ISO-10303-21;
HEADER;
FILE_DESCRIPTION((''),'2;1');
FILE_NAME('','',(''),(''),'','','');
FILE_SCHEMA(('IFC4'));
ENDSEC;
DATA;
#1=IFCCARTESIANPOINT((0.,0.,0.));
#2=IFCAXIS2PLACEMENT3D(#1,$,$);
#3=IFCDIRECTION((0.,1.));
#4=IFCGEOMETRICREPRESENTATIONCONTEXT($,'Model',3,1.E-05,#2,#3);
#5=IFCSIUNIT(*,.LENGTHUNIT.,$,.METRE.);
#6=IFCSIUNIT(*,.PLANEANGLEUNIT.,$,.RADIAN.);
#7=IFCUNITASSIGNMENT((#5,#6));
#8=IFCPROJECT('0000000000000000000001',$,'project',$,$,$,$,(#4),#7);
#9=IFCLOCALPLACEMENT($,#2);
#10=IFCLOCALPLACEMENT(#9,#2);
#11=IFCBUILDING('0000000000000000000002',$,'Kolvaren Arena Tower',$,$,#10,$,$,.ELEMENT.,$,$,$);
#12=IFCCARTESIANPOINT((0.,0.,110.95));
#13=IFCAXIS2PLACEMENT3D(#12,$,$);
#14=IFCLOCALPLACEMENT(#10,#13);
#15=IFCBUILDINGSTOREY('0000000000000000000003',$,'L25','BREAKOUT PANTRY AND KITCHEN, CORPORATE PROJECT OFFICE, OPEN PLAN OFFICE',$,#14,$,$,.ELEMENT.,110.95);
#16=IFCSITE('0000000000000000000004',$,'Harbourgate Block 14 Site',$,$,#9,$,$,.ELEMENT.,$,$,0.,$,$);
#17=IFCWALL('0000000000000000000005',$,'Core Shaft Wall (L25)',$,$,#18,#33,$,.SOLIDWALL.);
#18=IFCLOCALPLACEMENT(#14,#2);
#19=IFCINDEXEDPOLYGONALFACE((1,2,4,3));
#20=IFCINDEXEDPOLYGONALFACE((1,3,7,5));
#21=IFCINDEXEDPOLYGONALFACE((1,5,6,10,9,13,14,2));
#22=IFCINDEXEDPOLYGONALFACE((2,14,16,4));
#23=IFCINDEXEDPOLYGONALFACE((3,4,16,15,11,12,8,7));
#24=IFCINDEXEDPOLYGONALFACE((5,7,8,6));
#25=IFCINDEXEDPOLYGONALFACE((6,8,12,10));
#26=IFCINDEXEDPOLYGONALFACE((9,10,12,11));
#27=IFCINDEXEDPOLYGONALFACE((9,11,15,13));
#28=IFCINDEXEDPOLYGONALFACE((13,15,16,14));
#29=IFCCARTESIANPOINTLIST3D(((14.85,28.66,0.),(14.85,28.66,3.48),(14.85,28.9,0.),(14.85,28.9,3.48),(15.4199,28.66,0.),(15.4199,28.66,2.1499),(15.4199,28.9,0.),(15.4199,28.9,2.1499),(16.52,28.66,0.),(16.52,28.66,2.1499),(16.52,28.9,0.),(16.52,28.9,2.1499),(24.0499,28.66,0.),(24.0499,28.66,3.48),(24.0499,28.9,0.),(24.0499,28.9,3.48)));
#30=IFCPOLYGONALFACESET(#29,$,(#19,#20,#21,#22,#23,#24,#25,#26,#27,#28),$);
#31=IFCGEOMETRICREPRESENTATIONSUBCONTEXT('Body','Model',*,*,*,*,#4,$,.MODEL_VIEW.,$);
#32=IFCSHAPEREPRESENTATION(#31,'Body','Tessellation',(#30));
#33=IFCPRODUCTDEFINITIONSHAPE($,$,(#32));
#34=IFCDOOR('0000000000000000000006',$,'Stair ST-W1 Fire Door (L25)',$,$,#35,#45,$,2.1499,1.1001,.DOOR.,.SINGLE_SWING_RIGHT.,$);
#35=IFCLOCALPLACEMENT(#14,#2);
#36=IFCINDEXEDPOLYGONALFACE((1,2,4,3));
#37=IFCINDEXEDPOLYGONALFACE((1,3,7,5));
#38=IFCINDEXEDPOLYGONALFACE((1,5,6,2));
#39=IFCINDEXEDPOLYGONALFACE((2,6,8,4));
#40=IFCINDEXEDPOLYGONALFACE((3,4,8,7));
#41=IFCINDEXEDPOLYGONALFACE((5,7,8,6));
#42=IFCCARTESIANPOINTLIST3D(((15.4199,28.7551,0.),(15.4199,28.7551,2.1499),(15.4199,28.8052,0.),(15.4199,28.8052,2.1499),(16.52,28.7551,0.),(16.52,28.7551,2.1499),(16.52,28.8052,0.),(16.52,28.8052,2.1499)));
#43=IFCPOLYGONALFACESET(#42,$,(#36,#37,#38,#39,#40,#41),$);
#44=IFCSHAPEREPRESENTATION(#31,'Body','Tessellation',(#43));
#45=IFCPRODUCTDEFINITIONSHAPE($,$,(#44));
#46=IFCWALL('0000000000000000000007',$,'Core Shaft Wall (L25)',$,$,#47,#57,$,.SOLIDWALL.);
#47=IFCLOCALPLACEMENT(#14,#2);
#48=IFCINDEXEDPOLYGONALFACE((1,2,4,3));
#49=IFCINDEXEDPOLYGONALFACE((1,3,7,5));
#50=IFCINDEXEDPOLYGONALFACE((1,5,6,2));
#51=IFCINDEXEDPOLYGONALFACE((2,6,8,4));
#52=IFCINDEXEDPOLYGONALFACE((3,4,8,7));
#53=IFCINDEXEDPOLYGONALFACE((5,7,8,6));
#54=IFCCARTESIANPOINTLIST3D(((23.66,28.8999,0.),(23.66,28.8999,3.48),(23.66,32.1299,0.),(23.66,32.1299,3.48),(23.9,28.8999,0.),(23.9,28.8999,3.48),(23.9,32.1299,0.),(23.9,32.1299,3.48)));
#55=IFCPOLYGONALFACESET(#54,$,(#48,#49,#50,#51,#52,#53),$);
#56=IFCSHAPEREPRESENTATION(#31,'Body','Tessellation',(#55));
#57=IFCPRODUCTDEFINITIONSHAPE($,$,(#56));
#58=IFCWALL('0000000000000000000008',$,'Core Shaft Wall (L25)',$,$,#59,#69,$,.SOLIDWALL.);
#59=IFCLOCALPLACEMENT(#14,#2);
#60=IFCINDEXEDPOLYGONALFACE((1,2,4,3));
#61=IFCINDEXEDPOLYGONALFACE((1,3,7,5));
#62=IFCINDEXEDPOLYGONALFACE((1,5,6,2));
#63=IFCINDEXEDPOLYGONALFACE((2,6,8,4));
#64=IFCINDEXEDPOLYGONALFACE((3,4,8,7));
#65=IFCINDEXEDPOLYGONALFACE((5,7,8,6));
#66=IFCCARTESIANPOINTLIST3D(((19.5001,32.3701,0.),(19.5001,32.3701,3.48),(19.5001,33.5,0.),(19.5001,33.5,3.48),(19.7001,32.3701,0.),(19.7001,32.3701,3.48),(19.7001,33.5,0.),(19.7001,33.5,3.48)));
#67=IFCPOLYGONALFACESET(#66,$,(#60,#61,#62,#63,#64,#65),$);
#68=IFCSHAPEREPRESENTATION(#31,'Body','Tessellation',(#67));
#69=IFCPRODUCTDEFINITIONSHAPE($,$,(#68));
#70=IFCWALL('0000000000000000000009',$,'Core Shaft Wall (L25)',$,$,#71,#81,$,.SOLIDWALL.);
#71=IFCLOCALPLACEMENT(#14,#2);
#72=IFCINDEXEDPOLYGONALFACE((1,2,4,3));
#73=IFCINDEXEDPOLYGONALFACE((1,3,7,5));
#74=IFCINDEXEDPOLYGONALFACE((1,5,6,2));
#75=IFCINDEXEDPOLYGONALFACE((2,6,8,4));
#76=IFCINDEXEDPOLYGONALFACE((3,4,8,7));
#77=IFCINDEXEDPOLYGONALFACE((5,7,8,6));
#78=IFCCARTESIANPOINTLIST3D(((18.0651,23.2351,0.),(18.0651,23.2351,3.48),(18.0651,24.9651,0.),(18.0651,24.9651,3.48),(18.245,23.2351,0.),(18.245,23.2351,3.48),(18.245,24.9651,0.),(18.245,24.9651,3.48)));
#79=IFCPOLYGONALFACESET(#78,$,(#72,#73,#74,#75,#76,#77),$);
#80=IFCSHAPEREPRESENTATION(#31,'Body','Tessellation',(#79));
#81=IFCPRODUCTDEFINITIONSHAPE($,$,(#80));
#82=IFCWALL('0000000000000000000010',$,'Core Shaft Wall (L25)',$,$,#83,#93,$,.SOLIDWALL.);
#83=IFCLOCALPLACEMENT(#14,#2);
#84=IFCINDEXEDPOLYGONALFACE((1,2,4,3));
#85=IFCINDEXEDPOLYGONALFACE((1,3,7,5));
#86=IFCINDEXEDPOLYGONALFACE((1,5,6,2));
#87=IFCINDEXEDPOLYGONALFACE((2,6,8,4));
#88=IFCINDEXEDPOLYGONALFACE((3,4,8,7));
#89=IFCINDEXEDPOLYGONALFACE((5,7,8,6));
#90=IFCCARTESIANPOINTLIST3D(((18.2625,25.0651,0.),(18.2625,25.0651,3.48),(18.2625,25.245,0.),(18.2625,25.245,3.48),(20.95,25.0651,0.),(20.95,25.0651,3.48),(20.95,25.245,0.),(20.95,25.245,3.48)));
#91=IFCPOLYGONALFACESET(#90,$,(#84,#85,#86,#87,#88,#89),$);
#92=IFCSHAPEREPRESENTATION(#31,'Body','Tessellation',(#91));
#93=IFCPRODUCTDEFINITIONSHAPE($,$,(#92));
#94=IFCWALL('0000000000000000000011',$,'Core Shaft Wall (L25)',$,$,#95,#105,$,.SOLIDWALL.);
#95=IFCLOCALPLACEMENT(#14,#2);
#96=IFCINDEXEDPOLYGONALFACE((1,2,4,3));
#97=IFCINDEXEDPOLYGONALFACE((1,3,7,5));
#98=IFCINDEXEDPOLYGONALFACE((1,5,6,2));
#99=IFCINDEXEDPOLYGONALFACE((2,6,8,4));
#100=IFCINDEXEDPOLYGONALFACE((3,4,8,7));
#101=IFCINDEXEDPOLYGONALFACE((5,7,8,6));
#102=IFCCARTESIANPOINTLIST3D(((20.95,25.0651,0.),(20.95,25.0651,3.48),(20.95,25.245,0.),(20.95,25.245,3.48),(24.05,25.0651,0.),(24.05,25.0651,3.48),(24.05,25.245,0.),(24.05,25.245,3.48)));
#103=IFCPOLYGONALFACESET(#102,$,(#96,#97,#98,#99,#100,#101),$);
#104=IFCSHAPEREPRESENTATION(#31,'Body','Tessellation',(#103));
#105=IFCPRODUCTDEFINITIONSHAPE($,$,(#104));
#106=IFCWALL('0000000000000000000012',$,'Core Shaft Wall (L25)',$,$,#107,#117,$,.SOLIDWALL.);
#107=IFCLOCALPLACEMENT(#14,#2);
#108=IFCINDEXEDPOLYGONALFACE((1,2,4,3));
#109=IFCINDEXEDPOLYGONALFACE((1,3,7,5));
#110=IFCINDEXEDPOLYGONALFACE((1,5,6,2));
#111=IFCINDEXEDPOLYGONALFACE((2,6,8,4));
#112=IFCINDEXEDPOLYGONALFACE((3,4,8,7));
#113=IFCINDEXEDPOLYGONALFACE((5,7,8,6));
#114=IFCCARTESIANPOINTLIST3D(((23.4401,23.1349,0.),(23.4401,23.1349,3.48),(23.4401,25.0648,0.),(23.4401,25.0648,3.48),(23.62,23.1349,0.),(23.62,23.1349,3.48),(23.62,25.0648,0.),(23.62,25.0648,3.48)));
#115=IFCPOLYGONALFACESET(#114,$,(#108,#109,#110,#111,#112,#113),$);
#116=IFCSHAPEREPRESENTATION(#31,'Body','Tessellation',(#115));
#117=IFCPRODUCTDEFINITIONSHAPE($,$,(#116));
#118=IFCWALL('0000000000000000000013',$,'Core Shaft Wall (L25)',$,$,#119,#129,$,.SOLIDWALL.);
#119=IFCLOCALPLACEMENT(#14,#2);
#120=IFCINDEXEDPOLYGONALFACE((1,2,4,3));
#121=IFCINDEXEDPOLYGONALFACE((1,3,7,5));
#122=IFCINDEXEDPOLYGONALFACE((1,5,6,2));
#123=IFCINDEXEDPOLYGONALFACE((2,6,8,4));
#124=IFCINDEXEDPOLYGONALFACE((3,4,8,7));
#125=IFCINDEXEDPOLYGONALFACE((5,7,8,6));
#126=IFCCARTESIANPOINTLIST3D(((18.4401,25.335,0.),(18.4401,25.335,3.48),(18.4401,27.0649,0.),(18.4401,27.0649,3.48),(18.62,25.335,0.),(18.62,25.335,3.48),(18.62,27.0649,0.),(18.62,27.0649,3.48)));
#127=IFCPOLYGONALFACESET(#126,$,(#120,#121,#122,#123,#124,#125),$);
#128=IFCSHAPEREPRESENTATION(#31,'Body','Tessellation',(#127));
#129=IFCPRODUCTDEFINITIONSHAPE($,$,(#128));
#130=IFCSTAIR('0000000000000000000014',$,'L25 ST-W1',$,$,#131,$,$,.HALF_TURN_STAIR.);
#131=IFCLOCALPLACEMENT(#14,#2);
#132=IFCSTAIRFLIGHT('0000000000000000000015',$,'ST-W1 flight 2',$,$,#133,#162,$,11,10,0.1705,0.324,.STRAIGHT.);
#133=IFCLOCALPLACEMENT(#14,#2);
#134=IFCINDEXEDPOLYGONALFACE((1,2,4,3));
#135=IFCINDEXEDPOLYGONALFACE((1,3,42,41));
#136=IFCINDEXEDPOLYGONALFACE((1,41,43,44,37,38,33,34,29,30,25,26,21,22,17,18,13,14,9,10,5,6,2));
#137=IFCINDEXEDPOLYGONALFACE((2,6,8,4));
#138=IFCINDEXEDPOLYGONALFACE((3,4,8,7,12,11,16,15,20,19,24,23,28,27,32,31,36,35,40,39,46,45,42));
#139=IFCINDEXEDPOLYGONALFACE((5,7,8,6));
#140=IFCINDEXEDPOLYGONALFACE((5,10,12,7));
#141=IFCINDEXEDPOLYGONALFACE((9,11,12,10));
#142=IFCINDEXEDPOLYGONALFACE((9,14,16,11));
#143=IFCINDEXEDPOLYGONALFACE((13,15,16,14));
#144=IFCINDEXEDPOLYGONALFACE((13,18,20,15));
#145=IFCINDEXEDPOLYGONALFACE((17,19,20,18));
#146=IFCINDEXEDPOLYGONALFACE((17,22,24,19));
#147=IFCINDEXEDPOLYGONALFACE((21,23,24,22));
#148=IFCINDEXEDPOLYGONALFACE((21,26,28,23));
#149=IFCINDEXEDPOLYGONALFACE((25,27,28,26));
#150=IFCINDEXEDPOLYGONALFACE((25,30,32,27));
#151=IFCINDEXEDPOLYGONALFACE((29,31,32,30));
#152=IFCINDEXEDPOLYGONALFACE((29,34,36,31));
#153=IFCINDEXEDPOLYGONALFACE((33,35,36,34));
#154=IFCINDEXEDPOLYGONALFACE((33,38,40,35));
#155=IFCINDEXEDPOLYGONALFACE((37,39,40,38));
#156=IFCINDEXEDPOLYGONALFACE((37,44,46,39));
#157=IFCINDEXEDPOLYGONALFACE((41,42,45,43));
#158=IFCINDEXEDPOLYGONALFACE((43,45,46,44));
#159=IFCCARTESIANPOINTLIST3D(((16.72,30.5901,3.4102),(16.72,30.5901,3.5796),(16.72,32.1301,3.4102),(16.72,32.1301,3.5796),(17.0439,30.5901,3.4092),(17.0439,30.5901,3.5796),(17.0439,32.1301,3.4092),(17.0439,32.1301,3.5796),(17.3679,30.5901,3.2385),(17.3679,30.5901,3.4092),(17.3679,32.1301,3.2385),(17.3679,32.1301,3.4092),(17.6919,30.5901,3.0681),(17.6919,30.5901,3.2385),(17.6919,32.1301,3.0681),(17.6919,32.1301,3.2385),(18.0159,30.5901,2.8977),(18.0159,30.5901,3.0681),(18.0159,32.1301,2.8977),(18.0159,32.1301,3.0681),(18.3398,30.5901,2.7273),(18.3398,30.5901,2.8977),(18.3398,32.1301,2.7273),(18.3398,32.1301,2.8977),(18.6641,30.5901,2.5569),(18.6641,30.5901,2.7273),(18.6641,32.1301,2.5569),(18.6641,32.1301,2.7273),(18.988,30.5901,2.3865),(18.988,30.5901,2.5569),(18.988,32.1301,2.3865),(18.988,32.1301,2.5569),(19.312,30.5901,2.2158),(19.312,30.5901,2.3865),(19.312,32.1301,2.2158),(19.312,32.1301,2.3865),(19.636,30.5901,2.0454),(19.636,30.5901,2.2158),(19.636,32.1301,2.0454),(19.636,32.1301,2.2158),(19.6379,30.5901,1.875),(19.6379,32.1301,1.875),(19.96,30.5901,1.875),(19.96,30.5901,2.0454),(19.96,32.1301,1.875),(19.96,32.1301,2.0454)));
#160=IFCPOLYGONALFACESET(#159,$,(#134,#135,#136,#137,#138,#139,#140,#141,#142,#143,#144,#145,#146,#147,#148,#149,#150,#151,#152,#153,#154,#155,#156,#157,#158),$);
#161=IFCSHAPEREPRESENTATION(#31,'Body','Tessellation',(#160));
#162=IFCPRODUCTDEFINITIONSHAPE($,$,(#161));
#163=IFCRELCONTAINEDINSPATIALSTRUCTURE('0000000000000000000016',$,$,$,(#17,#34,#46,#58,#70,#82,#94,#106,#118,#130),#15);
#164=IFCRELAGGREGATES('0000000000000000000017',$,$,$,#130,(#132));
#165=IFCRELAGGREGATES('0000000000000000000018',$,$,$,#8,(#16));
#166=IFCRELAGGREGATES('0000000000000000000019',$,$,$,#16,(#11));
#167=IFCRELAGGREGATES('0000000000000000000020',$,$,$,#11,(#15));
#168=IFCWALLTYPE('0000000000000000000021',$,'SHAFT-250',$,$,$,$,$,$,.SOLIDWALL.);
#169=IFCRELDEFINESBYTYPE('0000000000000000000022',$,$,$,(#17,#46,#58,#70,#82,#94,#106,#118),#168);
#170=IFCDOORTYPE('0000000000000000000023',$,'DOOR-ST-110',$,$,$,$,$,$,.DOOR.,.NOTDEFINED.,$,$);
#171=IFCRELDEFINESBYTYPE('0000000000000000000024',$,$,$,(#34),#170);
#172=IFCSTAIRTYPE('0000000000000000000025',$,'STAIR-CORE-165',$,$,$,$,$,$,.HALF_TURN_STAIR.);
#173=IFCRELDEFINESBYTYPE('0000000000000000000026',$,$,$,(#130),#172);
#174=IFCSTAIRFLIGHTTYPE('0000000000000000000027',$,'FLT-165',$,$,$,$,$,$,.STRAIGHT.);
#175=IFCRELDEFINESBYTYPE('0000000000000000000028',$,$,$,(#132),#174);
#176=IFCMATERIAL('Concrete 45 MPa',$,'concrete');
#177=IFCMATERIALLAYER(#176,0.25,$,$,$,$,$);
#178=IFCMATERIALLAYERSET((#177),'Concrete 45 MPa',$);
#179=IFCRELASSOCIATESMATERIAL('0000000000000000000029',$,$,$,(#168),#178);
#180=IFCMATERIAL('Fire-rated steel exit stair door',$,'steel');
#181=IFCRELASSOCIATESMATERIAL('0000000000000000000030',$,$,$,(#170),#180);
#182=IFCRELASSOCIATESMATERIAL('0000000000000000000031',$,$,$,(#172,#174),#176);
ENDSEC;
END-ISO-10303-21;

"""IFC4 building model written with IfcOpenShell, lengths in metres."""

from ifc_helpers import new_model, si_unit, direction, frame, frame_2d, origin, place, context, subcontext, project, spatial, polyline, rectangle, outline, extrude, material, layer, layer_set, type_object, element, fill, aggregate, save


model = new_model("IFC4")

# Units and contexts
model_context = context("Model", 3, precision=1e-05, world=origin(), true_north=direction((0.0, 1.0)))
body_context = subcontext(model_context, "Body", "Model", "MODEL_VIEW")
ifc_project = project(units=[si_unit("LENGTHUNIT", "METRE"), si_unit("PLANEANGLEUNIT", "RADIAN")], contexts=[model_context])

# Site, building, storey
site_placement = place(None, origin())
site = spatial("IfcSite", under=ifc_project, at=site_placement, Name="Harbourgate Block 14 Site", CompositionType="ELEMENT", RefElevation=0.0)
building_placement = place(site_placement, origin())
building = spatial("IfcBuilding", under=site, at=building_placement, Name="Kolvaren Arena Tower", CompositionType="ELEMENT")
storey_placement = place(building_placement, frame((0.0, 0.0, 110.95)))
storey = spatial("IfcBuildingStorey", under=building, at=storey_placement, Name="L25", Description="BREAKOUT PANTRY AND KITCHEN, CORPORATE PROJECT OFFICE, OPEN PLAN OFFICE", CompositionType="ELEMENT", Elevation=110.95)

# Wall, opening, door
ifc_material_1 = material(Name="Concrete 45 MPa", Category="concrete")
ifc_layer_1 = layer(ifc_material_1, 0.25)
ifc_layer_set_1 = layer_set([ifc_layer_1], Name="Concrete 45 MPa")
wall_type_1 = type_object("IfcWallType", Name="SHAFT-250", PredefinedType="SOLIDWALL", material=ifc_layer_set_1)
wall_1_placement = place(storey_placement, frame((24.05, 28.78, 0.0), z_axis=(0.0, 0.0, 1.0), x_axis=(-1.0, 0.0, 0.0)))
wall_1 = element("IfcWall", 1, at=wall_1_placement, inside=storey, type_object=wall_type_1, Name="Core Shaft Wall (L25)", PredefinedType="SOLIDWALL", context=body_context, shape_type="SweptSolid", body=[
    extrude(rectangle(XDim=9.2, YDim=0.24, at=frame_2d((4.6001, 0.0))), origin(), (0.0, 0.0, 1.0), 3.48),
])
opening_1_placement = place(wall_1_placement, frame((7.53, 0.0, 0.0)))
opening_1 = element("IfcOpeningElement", 2, at=opening_1_placement, cuts=wall_1, PredefinedType="OPENING", context=body_context, shape_type="SweptSolid", body=[
    extrude(rectangle(XDim=1.1001, YDim=2.1499, at=frame_2d((0.55, 1.075))), frame((0.0, 0.1299, 0.0), z_axis=(0.0, -1.0, 0.0), x_axis=(1.0, 0.0, 0.0)), (0.0, 0.0, 1.0), 0.26),
])
ifc_material_2 = material(Name="Fire-rated steel exit stair door", Category="steel")
door_type_1 = type_object("IfcDoorType", Name="DOOR-ST-110", OperationType="NOTDEFINED", PredefinedType="DOOR", material=ifc_material_2)
door_1_placement = place(opening_1_placement, origin())
door_1 = element("IfcDoor", 3, at=door_1_placement, inside=storey, type_object=door_type_1, Name="Stair ST-W1 Fire Door (L25)", OperationType="SINGLE_SWING_RIGHT", OverallHeight=2.1499, OverallWidth=1.1001, PredefinedType="DOOR", context=body_context, shape_type="SweptSolid", body=[
    extrude(rectangle(XDim=1.1001, YDim=2.1499, at=frame_2d((0.55, 1.075))), frame((0.0, 0.0249, 0.0), z_axis=(0.0, -1.0, 0.0), x_axis=(1.0, 0.0, 0.0)), (0.0, 0.0, 1.0), 0.05),
])
fill(opening_1, door_1)

# Walls
wall_2_placement = place(storey_placement, frame((23.78, 28.8999, 0.0), z_axis=(0.0, 0.0, 1.0), x_axis=(0.0, 1.0, 0.0)))
element("IfcWall", 4, at=wall_2_placement, inside=storey, type_object=wall_type_1, Name="Core Shaft Wall (L25)", PredefinedType="SOLIDWALL", context=body_context, shape_type="SweptSolid", body=[
    extrude(rectangle(XDim=3.23, YDim=0.24, at=frame_2d((1.615, 0.0))), origin(), (0.0, 0.0, 1.0), 3.48),
])
wall_3_placement = place(storey_placement, frame((19.6001, 32.3701, 0.0), z_axis=(0.0, 0.0, 1.0), x_axis=(0.0, 1.0, 0.0)))
element("IfcWall", 5, at=wall_3_placement, inside=storey, type_object=wall_type_1, Name="Core Shaft Wall (L25)", PredefinedType="SOLIDWALL", context=body_context, shape_type="SweptSolid", body=[
    extrude(rectangle(XDim=1.1299, YDim=0.2, at=frame_2d((0.5649, 0.0))), origin(), (0.0, 0.0, 1.0), 3.48),
])
wall_4_placement = place(storey_placement, frame((18.155, 23.2351, 0.0), z_axis=(0.0, 0.0, 1.0), x_axis=(0.0, 1.0, 0.0)))
element("IfcWall", 6, at=wall_4_placement, inside=storey, type_object=wall_type_1, Name="Core Shaft Wall (L25)", PredefinedType="SOLIDWALL", context=body_context, shape_type="SweptSolid", body=[
    extrude(rectangle(XDim=1.73, YDim=0.1799, at=frame_2d((0.865, 0.0))), origin(), (0.0, 0.0, 1.0), 3.48),
])
wall_5_placement = place(storey_placement, frame((18.2625, 25.155, 0.0), z_axis=(0.0, 0.0, 1.0), x_axis=(1.0, 0.0, 0.0)))
element("IfcWall", 7, at=wall_5_placement, inside=storey, type_object=wall_type_1, Name="Core Shaft Wall (L25)", PredefinedType="SOLIDWALL", context=body_context, shape_type="SweptSolid", body=[
    extrude(rectangle(XDim=2.6875, YDim=0.1799, at=frame_2d((1.3438, 0.0))), origin(), (0.0, 0.0, 1.0), 3.48),
])
wall_6_placement = place(storey_placement, frame((20.95, 25.155, 0.0), z_axis=(0.0, 0.0, 1.0), x_axis=(1.0, 0.0, 0.0)))
element("IfcWall", 8, at=wall_6_placement, inside=storey, type_object=wall_type_1, Name="Core Shaft Wall (L25)", PredefinedType="SOLIDWALL", context=body_context, shape_type="SweptSolid", body=[
    extrude(rectangle(XDim=3.1001, YDim=0.1799, at=frame_2d((1.55, 0.0))), origin(), (0.0, 0.0, 1.0), 3.48),
])
wall_7_placement = place(storey_placement, frame((23.53, 23.135, 0.0), z_axis=(0.0, 0.0, 1.0), x_axis=(0.0, 1.0, 0.0)))
element("IfcWall", 9, at=wall_7_placement, inside=storey, type_object=wall_type_1, Name="Core Shaft Wall (L25)", PredefinedType="SOLIDWALL", context=body_context, shape_type="SweptSolid", body=[
    extrude(rectangle(XDim=1.9299, YDim=0.1799, at=frame_2d((0.9648, 0.0))), origin(), (0.0, 0.0, 1.0), 3.48),
])
wall_8_placement = place(storey_placement, frame((18.53, 25.335, 0.0), z_axis=(0.0, 0.0, 1.0), x_axis=(0.0, 1.0, 0.0)))
element("IfcWall", 10, at=wall_8_placement, inside=storey, type_object=wall_type_1, Name="Core Shaft Wall (L25)", PredefinedType="SOLIDWALL", context=body_context, shape_type="SweptSolid", body=[
    extrude(rectangle(XDim=1.73, YDim=0.1799, at=frame_2d((0.865, 0.0))), origin(), (0.0, 0.0, 1.0), 3.48),
])

# Stair, stair flight
stair_type = type_object("IfcStairType", Name="STAIR-CORE-165", PredefinedType="HALF_TURN_STAIR", material=ifc_material_1)
stair_placement = place(storey_placement, origin())
stair = element("IfcStair", 11, at=stair_placement, inside=storey, type_object=stair_type, Name="L25 ST-W1", PredefinedType="HALF_TURN_STAIR")
stair_flight_type = type_object("IfcStairFlightType", Name="FLT-165", PredefinedType="STRAIGHT", material=ifc_material_1)
stair_flight_placement = place(storey_placement, frame((19.96, 31.3601, 1.875), z_axis=(0.0, 0.0, 1.0), x_axis=(-1.0, 0.0, 0.0)))
stair_flight = element("IfcStairFlight", 12, at=stair_flight_placement, type_object=stair_flight_type, Name="ST-W1 flight 2", NumberOfRisers=11, NumberOfTreads=10, PredefinedType="STRAIGHT", RiserHeight=0.1705, TreadLength=0.324, context=body_context, shape_type="SweptSolid", body=[
    extrude(outline(polyline([(0.0, 0.0), (0.0, 0.1704), (0.324, 0.1704), (0.324, 0.3408), (0.6479, 0.3408), (0.6479, 0.5115), (0.9719, 0.5115), (0.9719, 0.6819), (1.2959, 0.6819), (1.2959, 0.8523), (1.6201, 0.8523), (1.6201, 1.0227), (1.9441, 1.0227), (1.9441, 1.1931), (2.2681, 1.1931), (2.2681, 1.3635), (2.592, 1.3635), (2.592, 1.5342), (2.916, 1.5342), (2.916, 1.7046), (3.24, 1.7046), (3.24, 1.875), (3.24, 1.5352), (0.322, 0.0), (0.0, 0.0)])), frame((0.0, 0.77, 0.0), z_axis=(0.0, -1.0, 0.0), x_axis=(1.0, 0.0, 0.0)), (0.0, 0.0, 1.0), 1.54),
])
aggregate(stair, [stair_flight])

save(model, "model.ifc")
